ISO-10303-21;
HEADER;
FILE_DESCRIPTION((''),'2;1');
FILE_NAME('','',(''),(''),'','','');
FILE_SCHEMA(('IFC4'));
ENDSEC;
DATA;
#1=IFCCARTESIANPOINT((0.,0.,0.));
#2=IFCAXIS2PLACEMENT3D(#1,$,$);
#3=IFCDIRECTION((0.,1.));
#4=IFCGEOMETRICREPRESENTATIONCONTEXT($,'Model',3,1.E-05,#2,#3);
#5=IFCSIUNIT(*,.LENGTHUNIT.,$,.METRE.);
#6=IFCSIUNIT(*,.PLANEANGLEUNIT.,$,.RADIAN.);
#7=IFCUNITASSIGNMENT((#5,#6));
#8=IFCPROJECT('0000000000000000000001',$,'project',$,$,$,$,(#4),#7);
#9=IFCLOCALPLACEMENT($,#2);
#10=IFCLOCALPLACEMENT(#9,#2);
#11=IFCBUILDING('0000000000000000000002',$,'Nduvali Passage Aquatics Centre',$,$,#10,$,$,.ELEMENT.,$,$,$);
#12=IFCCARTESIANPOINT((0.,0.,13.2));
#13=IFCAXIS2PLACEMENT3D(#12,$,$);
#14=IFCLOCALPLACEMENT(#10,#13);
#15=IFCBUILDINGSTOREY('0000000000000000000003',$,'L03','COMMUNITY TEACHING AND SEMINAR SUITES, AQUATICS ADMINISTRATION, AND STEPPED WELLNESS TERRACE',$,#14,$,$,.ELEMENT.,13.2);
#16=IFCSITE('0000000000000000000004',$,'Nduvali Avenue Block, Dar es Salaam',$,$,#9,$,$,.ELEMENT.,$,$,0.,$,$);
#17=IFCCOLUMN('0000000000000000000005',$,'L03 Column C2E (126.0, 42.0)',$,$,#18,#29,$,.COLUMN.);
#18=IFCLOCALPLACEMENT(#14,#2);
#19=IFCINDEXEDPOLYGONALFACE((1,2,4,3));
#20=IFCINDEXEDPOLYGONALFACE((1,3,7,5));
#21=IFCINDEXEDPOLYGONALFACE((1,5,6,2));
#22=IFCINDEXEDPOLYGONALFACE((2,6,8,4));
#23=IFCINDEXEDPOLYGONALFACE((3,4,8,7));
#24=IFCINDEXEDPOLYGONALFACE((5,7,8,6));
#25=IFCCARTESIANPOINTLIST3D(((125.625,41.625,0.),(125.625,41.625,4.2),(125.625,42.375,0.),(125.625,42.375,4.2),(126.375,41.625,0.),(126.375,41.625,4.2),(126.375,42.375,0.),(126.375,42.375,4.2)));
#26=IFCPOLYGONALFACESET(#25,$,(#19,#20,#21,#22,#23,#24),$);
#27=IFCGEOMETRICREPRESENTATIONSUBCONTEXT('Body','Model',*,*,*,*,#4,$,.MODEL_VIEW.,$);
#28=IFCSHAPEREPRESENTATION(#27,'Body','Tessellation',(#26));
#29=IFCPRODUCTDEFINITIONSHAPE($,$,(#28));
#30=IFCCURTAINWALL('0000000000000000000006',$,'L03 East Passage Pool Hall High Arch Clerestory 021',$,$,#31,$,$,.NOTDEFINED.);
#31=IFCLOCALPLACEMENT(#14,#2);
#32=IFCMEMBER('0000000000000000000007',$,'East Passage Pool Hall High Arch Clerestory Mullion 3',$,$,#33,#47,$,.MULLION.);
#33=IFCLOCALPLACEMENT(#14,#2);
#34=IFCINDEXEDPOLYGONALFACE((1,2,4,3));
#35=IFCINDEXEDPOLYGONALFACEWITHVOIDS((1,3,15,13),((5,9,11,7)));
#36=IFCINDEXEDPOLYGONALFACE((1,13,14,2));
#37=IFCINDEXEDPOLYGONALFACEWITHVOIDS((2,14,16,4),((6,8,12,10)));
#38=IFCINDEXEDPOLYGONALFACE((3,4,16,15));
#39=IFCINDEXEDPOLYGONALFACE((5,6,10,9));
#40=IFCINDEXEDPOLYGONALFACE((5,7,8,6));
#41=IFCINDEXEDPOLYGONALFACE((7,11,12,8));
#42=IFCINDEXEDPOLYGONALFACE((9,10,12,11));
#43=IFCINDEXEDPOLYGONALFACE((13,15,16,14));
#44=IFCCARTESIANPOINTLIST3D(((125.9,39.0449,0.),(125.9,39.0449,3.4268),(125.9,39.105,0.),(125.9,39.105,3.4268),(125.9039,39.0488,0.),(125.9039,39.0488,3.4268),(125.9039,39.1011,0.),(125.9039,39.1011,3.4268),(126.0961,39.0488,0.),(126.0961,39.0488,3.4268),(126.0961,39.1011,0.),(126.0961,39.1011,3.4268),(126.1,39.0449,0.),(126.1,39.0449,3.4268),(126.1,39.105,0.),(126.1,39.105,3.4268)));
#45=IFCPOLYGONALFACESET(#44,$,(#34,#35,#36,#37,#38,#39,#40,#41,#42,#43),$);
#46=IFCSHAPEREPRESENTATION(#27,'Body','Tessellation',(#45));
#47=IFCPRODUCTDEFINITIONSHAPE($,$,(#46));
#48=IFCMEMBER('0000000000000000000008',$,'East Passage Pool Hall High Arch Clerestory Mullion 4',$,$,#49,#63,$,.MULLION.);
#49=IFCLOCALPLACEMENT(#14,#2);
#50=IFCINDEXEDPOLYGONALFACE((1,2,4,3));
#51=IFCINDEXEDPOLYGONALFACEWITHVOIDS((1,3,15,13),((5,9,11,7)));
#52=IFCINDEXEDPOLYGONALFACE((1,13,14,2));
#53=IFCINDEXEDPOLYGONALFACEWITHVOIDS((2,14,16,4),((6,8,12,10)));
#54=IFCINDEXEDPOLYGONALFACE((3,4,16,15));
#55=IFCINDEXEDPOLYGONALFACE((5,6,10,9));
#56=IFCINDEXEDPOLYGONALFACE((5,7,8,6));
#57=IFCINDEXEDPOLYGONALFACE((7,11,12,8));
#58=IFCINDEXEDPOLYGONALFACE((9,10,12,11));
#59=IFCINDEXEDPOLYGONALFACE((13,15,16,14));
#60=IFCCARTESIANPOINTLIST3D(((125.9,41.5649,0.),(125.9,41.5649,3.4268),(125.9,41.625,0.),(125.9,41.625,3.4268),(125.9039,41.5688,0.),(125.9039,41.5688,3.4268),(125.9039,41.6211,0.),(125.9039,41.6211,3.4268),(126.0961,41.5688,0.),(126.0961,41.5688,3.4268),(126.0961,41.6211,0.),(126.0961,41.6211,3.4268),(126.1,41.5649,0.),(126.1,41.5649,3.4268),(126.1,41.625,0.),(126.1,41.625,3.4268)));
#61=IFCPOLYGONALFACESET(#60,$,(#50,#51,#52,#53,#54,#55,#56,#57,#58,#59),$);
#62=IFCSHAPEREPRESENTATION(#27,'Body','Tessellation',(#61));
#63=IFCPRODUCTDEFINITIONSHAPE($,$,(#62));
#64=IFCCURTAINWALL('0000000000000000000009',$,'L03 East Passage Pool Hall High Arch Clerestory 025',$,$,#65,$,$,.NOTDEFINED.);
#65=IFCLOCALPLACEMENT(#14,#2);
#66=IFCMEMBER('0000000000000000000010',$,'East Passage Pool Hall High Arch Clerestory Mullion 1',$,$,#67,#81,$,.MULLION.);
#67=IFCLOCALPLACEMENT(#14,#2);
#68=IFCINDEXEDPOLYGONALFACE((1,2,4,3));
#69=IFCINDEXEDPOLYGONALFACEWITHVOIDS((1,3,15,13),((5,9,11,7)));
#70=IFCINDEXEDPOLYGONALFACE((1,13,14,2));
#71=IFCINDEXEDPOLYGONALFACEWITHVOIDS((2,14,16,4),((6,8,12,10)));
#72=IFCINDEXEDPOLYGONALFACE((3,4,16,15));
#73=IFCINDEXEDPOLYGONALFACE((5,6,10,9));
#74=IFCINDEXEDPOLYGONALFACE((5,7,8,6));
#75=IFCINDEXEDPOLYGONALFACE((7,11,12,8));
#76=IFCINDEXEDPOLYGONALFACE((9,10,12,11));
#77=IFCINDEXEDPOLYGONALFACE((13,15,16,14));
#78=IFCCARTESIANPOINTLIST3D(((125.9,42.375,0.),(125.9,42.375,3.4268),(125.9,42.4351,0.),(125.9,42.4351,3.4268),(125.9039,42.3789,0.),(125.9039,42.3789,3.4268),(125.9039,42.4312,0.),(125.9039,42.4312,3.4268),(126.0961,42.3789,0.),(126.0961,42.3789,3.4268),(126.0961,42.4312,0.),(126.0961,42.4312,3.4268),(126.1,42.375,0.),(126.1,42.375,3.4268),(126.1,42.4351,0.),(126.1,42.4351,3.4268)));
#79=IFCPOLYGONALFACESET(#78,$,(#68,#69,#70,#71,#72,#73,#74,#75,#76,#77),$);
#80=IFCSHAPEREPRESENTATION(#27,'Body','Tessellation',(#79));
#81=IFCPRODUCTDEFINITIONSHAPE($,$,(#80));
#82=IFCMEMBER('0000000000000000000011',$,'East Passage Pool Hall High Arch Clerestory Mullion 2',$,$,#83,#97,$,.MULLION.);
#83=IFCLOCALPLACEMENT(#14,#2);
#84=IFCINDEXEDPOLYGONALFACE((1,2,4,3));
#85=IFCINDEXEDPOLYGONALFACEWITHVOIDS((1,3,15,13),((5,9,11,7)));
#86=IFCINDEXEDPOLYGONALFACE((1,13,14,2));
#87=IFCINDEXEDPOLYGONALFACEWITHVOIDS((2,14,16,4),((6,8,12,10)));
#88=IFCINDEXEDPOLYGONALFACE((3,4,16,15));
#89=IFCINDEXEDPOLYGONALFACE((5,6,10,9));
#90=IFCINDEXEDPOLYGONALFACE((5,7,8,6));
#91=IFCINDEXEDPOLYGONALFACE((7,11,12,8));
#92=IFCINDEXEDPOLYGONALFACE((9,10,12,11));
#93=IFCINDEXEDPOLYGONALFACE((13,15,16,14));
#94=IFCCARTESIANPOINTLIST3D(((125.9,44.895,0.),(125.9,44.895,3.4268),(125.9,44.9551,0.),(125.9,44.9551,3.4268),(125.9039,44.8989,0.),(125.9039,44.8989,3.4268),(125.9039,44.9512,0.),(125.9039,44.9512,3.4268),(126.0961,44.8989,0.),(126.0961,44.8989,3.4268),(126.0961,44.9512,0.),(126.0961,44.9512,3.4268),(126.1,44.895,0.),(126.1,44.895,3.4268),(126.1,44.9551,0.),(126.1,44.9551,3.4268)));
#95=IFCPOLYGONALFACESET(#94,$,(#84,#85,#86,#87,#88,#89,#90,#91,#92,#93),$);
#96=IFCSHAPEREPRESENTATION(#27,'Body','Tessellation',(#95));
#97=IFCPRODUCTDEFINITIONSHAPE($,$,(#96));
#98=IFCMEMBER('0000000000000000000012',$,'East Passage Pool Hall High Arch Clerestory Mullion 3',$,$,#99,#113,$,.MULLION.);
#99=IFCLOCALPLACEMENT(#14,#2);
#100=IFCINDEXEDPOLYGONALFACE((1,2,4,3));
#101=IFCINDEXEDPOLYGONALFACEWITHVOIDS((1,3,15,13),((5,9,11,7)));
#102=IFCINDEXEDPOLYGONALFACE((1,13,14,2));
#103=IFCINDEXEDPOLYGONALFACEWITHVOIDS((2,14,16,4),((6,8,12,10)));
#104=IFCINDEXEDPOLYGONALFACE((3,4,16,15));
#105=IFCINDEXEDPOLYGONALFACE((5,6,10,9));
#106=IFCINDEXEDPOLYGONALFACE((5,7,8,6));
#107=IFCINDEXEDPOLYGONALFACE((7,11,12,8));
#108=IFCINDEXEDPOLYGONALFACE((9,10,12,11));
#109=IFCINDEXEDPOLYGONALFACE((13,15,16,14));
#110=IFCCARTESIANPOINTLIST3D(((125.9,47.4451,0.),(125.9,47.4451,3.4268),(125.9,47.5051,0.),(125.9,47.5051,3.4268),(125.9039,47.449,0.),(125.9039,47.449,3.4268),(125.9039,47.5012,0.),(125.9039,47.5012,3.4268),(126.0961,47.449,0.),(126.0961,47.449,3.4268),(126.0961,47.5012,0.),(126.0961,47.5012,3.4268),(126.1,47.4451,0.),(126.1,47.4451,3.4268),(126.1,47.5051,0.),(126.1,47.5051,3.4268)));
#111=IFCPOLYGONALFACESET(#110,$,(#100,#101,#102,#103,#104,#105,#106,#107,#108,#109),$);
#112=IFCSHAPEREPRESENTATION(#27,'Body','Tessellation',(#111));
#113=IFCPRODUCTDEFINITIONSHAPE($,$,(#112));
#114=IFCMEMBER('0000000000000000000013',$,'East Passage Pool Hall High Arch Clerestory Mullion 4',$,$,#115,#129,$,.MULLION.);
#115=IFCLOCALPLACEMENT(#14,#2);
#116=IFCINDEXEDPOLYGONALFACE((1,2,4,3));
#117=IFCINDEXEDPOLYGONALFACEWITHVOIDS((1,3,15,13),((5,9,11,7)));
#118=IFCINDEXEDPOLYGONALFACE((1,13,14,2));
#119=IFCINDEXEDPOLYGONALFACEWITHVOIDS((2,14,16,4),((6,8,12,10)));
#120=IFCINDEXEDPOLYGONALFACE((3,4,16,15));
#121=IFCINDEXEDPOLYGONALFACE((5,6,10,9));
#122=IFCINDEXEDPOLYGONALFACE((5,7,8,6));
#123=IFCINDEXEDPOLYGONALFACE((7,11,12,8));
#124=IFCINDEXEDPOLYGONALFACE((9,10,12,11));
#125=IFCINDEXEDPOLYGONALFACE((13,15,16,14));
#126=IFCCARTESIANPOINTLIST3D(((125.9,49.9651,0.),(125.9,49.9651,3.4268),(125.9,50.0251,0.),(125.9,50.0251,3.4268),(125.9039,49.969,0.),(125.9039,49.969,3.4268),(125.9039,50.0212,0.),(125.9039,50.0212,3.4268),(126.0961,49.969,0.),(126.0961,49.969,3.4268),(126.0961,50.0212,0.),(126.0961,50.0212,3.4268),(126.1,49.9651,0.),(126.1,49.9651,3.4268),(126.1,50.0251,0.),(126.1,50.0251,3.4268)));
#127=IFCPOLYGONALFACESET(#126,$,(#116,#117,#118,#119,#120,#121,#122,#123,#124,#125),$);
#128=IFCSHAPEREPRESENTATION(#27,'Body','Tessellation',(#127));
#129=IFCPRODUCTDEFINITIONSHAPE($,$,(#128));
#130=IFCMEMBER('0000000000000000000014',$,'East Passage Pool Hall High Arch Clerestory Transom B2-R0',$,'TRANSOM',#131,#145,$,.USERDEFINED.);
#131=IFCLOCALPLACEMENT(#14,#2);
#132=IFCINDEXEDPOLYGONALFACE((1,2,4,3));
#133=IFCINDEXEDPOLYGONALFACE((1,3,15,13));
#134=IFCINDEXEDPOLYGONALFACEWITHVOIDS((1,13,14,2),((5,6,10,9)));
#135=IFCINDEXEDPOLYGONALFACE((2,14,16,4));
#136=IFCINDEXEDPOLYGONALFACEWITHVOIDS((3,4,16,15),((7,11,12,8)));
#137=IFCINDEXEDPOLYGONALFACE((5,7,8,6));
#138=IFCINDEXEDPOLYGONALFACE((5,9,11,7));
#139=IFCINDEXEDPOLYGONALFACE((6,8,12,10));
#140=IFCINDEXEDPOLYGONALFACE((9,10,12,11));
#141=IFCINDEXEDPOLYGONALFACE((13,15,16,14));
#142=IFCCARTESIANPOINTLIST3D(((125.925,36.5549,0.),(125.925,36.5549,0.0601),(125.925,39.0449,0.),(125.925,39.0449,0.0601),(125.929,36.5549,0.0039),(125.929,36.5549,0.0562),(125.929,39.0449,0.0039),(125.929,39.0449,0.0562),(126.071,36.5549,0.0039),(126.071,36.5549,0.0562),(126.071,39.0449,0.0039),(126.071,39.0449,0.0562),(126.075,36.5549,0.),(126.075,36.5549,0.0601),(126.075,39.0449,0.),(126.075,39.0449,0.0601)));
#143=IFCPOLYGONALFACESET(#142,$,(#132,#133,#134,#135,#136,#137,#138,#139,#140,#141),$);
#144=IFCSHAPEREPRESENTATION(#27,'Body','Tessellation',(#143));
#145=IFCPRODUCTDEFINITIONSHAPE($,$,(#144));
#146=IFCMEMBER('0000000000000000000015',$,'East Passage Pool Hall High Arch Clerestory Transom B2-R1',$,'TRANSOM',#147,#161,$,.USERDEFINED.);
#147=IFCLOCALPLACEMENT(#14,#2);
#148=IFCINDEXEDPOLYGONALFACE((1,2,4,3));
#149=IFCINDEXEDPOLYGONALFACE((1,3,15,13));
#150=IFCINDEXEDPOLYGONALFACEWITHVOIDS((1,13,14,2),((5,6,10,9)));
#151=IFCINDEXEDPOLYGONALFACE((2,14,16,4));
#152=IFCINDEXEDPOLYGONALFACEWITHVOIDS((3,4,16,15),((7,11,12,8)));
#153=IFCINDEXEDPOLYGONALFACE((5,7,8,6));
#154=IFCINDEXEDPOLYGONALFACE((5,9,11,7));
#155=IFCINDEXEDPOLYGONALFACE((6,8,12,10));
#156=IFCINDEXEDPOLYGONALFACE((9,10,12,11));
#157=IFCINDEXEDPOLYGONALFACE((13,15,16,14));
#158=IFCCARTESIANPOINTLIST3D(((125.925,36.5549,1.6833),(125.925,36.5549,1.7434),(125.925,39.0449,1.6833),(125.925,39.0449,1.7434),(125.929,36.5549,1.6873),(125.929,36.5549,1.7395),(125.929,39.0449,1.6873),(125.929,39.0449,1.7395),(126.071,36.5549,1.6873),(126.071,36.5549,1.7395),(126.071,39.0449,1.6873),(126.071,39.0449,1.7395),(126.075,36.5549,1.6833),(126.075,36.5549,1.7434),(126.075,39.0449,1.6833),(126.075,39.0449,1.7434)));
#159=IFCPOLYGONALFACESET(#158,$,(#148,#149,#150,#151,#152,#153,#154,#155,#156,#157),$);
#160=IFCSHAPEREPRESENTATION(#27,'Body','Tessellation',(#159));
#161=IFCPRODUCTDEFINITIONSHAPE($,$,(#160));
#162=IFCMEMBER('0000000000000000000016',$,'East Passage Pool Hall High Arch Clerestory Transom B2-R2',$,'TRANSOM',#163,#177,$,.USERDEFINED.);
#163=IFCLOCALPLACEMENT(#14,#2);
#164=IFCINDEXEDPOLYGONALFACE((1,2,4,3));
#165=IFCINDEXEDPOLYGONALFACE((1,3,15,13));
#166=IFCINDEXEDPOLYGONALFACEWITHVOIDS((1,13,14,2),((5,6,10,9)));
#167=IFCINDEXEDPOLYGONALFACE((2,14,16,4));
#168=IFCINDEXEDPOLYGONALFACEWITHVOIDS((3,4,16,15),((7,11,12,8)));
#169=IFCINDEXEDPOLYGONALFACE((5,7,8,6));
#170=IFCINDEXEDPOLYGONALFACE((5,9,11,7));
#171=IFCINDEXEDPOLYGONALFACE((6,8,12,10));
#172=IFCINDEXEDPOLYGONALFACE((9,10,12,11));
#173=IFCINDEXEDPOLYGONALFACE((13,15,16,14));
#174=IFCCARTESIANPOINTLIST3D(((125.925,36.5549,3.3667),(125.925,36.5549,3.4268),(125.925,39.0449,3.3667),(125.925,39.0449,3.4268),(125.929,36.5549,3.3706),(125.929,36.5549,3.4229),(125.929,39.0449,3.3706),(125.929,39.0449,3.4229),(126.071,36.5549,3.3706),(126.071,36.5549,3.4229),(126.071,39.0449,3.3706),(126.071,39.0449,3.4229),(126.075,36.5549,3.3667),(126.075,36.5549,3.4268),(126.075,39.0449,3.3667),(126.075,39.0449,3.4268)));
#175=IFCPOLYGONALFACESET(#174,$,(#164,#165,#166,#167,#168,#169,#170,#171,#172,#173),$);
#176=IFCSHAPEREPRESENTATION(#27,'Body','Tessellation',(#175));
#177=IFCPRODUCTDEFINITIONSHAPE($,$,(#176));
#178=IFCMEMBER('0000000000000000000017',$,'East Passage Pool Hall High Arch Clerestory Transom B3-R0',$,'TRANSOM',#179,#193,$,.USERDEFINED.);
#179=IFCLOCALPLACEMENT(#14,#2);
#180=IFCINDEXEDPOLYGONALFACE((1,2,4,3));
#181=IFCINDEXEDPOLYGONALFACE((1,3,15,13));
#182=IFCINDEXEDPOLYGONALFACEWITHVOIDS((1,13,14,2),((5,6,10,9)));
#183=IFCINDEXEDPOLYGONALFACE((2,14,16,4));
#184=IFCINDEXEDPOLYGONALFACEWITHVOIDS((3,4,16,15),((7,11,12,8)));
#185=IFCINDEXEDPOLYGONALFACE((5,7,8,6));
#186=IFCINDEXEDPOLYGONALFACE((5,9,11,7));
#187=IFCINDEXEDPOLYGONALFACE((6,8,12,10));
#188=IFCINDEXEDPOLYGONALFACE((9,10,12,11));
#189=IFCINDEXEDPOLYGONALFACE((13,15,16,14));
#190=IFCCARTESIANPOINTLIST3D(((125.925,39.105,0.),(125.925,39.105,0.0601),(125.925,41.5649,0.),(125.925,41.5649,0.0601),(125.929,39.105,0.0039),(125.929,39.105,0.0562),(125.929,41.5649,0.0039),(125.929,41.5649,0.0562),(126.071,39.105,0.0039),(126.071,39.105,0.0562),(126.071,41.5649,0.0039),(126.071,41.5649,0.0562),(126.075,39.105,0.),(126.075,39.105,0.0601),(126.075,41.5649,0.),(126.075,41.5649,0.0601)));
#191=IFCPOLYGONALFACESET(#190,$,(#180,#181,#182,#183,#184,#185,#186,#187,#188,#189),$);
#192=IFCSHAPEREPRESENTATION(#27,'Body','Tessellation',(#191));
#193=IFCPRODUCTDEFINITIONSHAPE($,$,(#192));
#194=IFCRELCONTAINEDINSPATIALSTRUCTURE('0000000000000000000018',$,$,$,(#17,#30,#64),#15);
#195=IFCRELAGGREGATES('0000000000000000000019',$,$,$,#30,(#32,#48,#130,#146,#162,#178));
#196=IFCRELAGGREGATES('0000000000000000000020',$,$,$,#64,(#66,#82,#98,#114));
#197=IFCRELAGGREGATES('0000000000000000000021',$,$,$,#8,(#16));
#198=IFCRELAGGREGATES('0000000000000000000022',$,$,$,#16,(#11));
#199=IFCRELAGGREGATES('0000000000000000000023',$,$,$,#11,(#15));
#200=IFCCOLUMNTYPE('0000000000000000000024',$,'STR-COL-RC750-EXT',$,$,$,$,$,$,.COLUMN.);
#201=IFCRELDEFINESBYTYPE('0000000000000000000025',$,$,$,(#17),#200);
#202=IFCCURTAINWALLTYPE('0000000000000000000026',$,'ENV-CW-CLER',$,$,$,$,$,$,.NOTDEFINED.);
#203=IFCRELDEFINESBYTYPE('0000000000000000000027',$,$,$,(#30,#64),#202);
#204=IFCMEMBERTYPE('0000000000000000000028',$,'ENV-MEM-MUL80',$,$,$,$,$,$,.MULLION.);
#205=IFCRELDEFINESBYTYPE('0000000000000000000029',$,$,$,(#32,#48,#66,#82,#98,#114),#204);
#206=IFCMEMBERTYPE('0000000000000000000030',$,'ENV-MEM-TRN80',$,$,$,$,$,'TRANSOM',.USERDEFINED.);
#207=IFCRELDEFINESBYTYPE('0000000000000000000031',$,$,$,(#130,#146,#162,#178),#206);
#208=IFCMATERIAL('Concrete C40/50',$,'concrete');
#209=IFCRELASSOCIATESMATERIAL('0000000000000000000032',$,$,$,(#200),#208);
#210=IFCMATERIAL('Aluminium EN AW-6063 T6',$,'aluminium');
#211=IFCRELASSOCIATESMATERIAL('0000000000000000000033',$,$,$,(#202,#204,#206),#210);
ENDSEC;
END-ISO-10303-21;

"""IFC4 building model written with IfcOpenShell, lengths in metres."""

from ifc_helpers import new_model, si_unit, direction, frame, origin, origin_2d, place, context, subcontext, project, spatial, rectangle, hollow_rectangle, extrude, material, material_profile, profile_set, type_object, element, aggregate, save


model = new_model("IFC4")

# Units and contexts
model_context = context("Model", 3, precision=1e-05, world=origin(), true_north=direction((0.0, 1.0)))
body_context = subcontext(model_context, "Body", "Model", "MODEL_VIEW")
ifc_project = project(units=[si_unit("LENGTHUNIT", "METRE"), si_unit("PLANEANGLEUNIT", "RADIAN")], contexts=[model_context])

# Site, building, storey
site_placement = place(None, origin())
site = spatial("IfcSite", under=ifc_project, at=site_placement, Name="Nduvali Avenue Block, Dar es Salaam", CompositionType="ELEMENT", RefElevation=0.0)
building_placement = place(site_placement, origin())
building = spatial("IfcBuilding", under=site, at=building_placement, Name="Nduvali Passage Aquatics Centre", CompositionType="ELEMENT")
storey_placement = place(building_placement, frame((0.0, 0.0, 13.2)))
storey = spatial("IfcBuildingStorey", under=building, at=storey_placement, Name="L03", Description="COMMUNITY TEACHING AND SEMINAR SUITES, AQUATICS ADMINISTRATION, AND STEPPED WELLNESS TERRACE", CompositionType="ELEMENT", Elevation=13.2)

# Column
ifc_material_1 = material(Name="Concrete C40/50", Category="concrete")
ifc_material_profile_1 = material_profile(ifc_material_1, rectangle(XDim=0.75, YDim=0.75, at=origin_2d()), Name="RC 750x750")
ifc_profile_set_1 = profile_set([ifc_material_profile_1], Name="Concrete C40/50")
column_type = type_object("IfcColumnType", Name="STR-COL-RC750-EXT", PredefinedType="COLUMN", material=ifc_profile_set_1)
column_placement = place(storey_placement, frame((126.0, 42.0, 0.0), z_axis=(0.0, 0.0, 1.0), x_axis=(1.0, 0.0, 0.0)))
element("IfcColumn", 1, at=column_placement, inside=storey, type_object=column_type, Name="L03 Column C2E (126.0, 42.0)", PredefinedType="COLUMN", context=body_context, shape_type="SweptSolid", body=[
    extrude(rectangle(XDim=0.75, YDim=0.75, at=origin_2d()), origin(), (0.0, 0.0, 1.0), 4.2),
])

# Curtain walls, members
ifc_material_2 = material(Name="Aluminium EN AW-6063 T6", Category="aluminium")
curtain_wall_type = type_object("IfcCurtainWallType", Name="ENV-CW-CLER", PredefinedType="NOTDEFINED", material=ifc_material_2)
curtain_wall_1_placement = place(storey_placement, origin())
curtain_wall_1 = element("IfcCurtainWall", 2, at=curtain_wall_1_placement, inside=storey, type_object=curtain_wall_type, Name="L03 East Passage Pool Hall High Arch Clerestory 021", PredefinedType="NOTDEFINED")
ifc_material_profile_2 = material_profile(ifc_material_2, hollow_rectangle(XDim=0.0601, YDim=0.2, WallThickness=0.0039, at=origin_2d()), Name="ALU MULLION 60x200x4")
ifc_profile_set_2 = profile_set([ifc_material_profile_2], Name="Aluminium EN AW-6063 T6")
member_type_1 = type_object("IfcMemberType", Name="ENV-MEM-MUL80", PredefinedType="MULLION", material=ifc_profile_set_2)
member_1_placement = place(storey_placement, frame((126.0, 39.075, 0.0), z_axis=(0.0, 0.0, 1.0), x_axis=(0.0, 1.0, 0.0)))
member_1 = element("IfcMember", 3, at=member_1_placement, type_object=member_type_1, Name="East Passage Pool Hall High Arch Clerestory Mullion 3", PredefinedType="MULLION", context=body_context, shape_type="SweptSolid", body=[
    extrude(hollow_rectangle(XDim=0.0601, YDim=0.2, WallThickness=0.0039, at=origin_2d()), origin(), (0.0, 0.0, 1.0), 3.4268),
])
member_2_placement = place(storey_placement, frame((126.0, 41.595, 0.0), z_axis=(0.0, 0.0, 1.0), x_axis=(0.0, 1.0, 0.0)))
member_2 = element("IfcMember", 4, at=member_2_placement, type_object=member_type_1, Name="East Passage Pool Hall High Arch Clerestory Mullion 4", PredefinedType="MULLION", context=body_context, shape_type="SweptSolid", body=[
    extrude(hollow_rectangle(XDim=0.0601, YDim=0.2, WallThickness=0.0039, at=origin_2d()), origin(), (0.0, 0.0, 1.0), 3.4268),
])
curtain_wall_2_placement = place(storey_placement, origin())
curtain_wall_2 = element("IfcCurtainWall", 5, at=curtain_wall_2_placement, inside=storey, type_object=curtain_wall_type, Name="L03 East Passage Pool Hall High Arch Clerestory 025", PredefinedType="NOTDEFINED")
member_3_placement = place(storey_placement, frame((126.0, 42.405, 0.0), z_axis=(0.0, 0.0, 1.0), x_axis=(0.0, 1.0, 0.0)))
member_3 = element("IfcMember", 6, at=member_3_placement, type_object=member_type_1, Name="East Passage Pool Hall High Arch Clerestory Mullion 1", PredefinedType="MULLION", context=body_context, shape_type="SweptSolid", body=[
    extrude(hollow_rectangle(XDim=0.0601, YDim=0.2, WallThickness=0.0039, at=origin_2d()), origin(), (0.0, 0.0, 1.0), 3.4268),
])
member_4_placement = place(storey_placement, frame((126.0, 44.925, 0.0), z_axis=(0.0, 0.0, 1.0), x_axis=(0.0, 1.0, 0.0)))
member_4 = element("IfcMember", 7, at=member_4_placement, type_object=member_type_1, Name="East Passage Pool Hall High Arch Clerestory Mullion 2", PredefinedType="MULLION", context=body_context, shape_type="SweptSolid", body=[
    extrude(hollow_rectangle(XDim=0.0601, YDim=0.2, WallThickness=0.0039, at=origin_2d()), origin(), (0.0, 0.0, 1.0), 3.4268),
])
member_5_placement = place(storey_placement, frame((126.0, 47.4751, 0.0), z_axis=(0.0, 0.0, 1.0), x_axis=(0.0, 1.0, 0.0)))
member_5 = element("IfcMember", 8, at=member_5_placement, type_object=member_type_1, Name="East Passage Pool Hall High Arch Clerestory Mullion 3", PredefinedType="MULLION", context=body_context, shape_type="SweptSolid", body=[
    extrude(hollow_rectangle(XDim=0.0601, YDim=0.2, WallThickness=0.0039, at=origin_2d()), origin(), (0.0, 0.0, 1.0), 3.4268),
])
member_6_placement = place(storey_placement, frame((126.0, 49.9951, 0.0), z_axis=(0.0, 0.0, 1.0), x_axis=(0.0, 1.0, 0.0)))
member_6 = element("IfcMember", 9, at=member_6_placement, type_object=member_type_1, Name="East Passage Pool Hall High Arch Clerestory Mullion 4", PredefinedType="MULLION", context=body_context, shape_type="SweptSolid", body=[
    extrude(hollow_rectangle(XDim=0.0601, YDim=0.2, WallThickness=0.0039, at=origin_2d()), origin(), (0.0, 0.0, 1.0), 3.4268),
])

# Members
ifc_material_profile_3 = material_profile(ifc_material_2, hollow_rectangle(XDim=0.1499, YDim=0.0601, WallThickness=0.0039, at=origin_2d()), Name="ALU TRANSOM 150x60x4")
ifc_profile_set_3 = profile_set([ifc_material_profile_3], Name="Aluminium EN AW-6063 T6")
member_type_2 = type_object("IfcMemberType", Name="ENV-MEM-TRN80", ElementType="TRANSOM", PredefinedType="USERDEFINED", material=ifc_profile_set_3)
member_7_placement = place(storey_placement, frame((126.0, 36.5549, 0.03), z_axis=(0.0, 1.0, 0.0), x_axis=(-1.0, 0.0, 0.0)))
member_7 = element("IfcMember", 10, at=member_7_placement, type_object=member_type_2, Name="East Passage Pool Hall High Arch Clerestory Transom B2-R0", ObjectType="TRANSOM", PredefinedType="USERDEFINED", context=body_context, shape_type="SweptSolid", body=[
    extrude(hollow_rectangle(XDim=0.1499, YDim=0.0601, WallThickness=0.0039, at=origin_2d()), origin(), (0.0, 0.0, 1.0), 2.49),
])
member_8_placement = place(storey_placement, frame((126.0, 36.5549, 1.7134), z_axis=(0.0, 1.0, 0.0), x_axis=(-1.0, 0.0, 0.0)))
member_8 = element("IfcMember", 11, at=member_8_placement, type_object=member_type_2, Name="East Passage Pool Hall High Arch Clerestory Transom B2-R1", ObjectType="TRANSOM", PredefinedType="USERDEFINED", context=body_context, shape_type="SweptSolid", body=[
    extrude(hollow_rectangle(XDim=0.1499, YDim=0.0601, WallThickness=0.0039, at=origin_2d()), origin(), (0.0, 0.0, 1.0), 2.49),
])
member_9_placement = place(storey_placement, frame((126.0, 36.5549, 3.3967), z_axis=(0.0, 1.0, 0.0), x_axis=(-1.0, 0.0, 0.0)))
member_9 = element("IfcMember", 12, at=member_9_placement, type_object=member_type_2, Name="East Passage Pool Hall High Arch Clerestory Transom B2-R2", ObjectType="TRANSOM", PredefinedType="USERDEFINED", context=body_context, shape_type="SweptSolid", body=[
    extrude(hollow_rectangle(XDim=0.1499, YDim=0.0601, WallThickness=0.0039, at=origin_2d()), origin(), (0.0, 0.0, 1.0), 2.49),
])
member_10_placement = place(storey_placement, frame((126.0, 39.105, 0.03), z_axis=(0.0, 1.0, 0.0), x_axis=(-1.0, 0.0, 0.0)))
member_10 = element("IfcMember", 13, at=member_10_placement, type_object=member_type_2, Name="East Passage Pool Hall High Arch Clerestory Transom B3-R0", ObjectType="TRANSOM", PredefinedType="USERDEFINED", context=body_context, shape_type="SweptSolid", body=[
    extrude(hollow_rectangle(XDim=0.1499, YDim=0.0601, WallThickness=0.0039, at=origin_2d()), origin(), (0.0, 0.0, 1.0), 2.46),
])

aggregate(curtain_wall_1, [member_1, member_2, member_7, member_8, member_9, member_10])
aggregate(curtain_wall_2, [member_3, member_4, member_5, member_6])

save(model, "model.ifc")
